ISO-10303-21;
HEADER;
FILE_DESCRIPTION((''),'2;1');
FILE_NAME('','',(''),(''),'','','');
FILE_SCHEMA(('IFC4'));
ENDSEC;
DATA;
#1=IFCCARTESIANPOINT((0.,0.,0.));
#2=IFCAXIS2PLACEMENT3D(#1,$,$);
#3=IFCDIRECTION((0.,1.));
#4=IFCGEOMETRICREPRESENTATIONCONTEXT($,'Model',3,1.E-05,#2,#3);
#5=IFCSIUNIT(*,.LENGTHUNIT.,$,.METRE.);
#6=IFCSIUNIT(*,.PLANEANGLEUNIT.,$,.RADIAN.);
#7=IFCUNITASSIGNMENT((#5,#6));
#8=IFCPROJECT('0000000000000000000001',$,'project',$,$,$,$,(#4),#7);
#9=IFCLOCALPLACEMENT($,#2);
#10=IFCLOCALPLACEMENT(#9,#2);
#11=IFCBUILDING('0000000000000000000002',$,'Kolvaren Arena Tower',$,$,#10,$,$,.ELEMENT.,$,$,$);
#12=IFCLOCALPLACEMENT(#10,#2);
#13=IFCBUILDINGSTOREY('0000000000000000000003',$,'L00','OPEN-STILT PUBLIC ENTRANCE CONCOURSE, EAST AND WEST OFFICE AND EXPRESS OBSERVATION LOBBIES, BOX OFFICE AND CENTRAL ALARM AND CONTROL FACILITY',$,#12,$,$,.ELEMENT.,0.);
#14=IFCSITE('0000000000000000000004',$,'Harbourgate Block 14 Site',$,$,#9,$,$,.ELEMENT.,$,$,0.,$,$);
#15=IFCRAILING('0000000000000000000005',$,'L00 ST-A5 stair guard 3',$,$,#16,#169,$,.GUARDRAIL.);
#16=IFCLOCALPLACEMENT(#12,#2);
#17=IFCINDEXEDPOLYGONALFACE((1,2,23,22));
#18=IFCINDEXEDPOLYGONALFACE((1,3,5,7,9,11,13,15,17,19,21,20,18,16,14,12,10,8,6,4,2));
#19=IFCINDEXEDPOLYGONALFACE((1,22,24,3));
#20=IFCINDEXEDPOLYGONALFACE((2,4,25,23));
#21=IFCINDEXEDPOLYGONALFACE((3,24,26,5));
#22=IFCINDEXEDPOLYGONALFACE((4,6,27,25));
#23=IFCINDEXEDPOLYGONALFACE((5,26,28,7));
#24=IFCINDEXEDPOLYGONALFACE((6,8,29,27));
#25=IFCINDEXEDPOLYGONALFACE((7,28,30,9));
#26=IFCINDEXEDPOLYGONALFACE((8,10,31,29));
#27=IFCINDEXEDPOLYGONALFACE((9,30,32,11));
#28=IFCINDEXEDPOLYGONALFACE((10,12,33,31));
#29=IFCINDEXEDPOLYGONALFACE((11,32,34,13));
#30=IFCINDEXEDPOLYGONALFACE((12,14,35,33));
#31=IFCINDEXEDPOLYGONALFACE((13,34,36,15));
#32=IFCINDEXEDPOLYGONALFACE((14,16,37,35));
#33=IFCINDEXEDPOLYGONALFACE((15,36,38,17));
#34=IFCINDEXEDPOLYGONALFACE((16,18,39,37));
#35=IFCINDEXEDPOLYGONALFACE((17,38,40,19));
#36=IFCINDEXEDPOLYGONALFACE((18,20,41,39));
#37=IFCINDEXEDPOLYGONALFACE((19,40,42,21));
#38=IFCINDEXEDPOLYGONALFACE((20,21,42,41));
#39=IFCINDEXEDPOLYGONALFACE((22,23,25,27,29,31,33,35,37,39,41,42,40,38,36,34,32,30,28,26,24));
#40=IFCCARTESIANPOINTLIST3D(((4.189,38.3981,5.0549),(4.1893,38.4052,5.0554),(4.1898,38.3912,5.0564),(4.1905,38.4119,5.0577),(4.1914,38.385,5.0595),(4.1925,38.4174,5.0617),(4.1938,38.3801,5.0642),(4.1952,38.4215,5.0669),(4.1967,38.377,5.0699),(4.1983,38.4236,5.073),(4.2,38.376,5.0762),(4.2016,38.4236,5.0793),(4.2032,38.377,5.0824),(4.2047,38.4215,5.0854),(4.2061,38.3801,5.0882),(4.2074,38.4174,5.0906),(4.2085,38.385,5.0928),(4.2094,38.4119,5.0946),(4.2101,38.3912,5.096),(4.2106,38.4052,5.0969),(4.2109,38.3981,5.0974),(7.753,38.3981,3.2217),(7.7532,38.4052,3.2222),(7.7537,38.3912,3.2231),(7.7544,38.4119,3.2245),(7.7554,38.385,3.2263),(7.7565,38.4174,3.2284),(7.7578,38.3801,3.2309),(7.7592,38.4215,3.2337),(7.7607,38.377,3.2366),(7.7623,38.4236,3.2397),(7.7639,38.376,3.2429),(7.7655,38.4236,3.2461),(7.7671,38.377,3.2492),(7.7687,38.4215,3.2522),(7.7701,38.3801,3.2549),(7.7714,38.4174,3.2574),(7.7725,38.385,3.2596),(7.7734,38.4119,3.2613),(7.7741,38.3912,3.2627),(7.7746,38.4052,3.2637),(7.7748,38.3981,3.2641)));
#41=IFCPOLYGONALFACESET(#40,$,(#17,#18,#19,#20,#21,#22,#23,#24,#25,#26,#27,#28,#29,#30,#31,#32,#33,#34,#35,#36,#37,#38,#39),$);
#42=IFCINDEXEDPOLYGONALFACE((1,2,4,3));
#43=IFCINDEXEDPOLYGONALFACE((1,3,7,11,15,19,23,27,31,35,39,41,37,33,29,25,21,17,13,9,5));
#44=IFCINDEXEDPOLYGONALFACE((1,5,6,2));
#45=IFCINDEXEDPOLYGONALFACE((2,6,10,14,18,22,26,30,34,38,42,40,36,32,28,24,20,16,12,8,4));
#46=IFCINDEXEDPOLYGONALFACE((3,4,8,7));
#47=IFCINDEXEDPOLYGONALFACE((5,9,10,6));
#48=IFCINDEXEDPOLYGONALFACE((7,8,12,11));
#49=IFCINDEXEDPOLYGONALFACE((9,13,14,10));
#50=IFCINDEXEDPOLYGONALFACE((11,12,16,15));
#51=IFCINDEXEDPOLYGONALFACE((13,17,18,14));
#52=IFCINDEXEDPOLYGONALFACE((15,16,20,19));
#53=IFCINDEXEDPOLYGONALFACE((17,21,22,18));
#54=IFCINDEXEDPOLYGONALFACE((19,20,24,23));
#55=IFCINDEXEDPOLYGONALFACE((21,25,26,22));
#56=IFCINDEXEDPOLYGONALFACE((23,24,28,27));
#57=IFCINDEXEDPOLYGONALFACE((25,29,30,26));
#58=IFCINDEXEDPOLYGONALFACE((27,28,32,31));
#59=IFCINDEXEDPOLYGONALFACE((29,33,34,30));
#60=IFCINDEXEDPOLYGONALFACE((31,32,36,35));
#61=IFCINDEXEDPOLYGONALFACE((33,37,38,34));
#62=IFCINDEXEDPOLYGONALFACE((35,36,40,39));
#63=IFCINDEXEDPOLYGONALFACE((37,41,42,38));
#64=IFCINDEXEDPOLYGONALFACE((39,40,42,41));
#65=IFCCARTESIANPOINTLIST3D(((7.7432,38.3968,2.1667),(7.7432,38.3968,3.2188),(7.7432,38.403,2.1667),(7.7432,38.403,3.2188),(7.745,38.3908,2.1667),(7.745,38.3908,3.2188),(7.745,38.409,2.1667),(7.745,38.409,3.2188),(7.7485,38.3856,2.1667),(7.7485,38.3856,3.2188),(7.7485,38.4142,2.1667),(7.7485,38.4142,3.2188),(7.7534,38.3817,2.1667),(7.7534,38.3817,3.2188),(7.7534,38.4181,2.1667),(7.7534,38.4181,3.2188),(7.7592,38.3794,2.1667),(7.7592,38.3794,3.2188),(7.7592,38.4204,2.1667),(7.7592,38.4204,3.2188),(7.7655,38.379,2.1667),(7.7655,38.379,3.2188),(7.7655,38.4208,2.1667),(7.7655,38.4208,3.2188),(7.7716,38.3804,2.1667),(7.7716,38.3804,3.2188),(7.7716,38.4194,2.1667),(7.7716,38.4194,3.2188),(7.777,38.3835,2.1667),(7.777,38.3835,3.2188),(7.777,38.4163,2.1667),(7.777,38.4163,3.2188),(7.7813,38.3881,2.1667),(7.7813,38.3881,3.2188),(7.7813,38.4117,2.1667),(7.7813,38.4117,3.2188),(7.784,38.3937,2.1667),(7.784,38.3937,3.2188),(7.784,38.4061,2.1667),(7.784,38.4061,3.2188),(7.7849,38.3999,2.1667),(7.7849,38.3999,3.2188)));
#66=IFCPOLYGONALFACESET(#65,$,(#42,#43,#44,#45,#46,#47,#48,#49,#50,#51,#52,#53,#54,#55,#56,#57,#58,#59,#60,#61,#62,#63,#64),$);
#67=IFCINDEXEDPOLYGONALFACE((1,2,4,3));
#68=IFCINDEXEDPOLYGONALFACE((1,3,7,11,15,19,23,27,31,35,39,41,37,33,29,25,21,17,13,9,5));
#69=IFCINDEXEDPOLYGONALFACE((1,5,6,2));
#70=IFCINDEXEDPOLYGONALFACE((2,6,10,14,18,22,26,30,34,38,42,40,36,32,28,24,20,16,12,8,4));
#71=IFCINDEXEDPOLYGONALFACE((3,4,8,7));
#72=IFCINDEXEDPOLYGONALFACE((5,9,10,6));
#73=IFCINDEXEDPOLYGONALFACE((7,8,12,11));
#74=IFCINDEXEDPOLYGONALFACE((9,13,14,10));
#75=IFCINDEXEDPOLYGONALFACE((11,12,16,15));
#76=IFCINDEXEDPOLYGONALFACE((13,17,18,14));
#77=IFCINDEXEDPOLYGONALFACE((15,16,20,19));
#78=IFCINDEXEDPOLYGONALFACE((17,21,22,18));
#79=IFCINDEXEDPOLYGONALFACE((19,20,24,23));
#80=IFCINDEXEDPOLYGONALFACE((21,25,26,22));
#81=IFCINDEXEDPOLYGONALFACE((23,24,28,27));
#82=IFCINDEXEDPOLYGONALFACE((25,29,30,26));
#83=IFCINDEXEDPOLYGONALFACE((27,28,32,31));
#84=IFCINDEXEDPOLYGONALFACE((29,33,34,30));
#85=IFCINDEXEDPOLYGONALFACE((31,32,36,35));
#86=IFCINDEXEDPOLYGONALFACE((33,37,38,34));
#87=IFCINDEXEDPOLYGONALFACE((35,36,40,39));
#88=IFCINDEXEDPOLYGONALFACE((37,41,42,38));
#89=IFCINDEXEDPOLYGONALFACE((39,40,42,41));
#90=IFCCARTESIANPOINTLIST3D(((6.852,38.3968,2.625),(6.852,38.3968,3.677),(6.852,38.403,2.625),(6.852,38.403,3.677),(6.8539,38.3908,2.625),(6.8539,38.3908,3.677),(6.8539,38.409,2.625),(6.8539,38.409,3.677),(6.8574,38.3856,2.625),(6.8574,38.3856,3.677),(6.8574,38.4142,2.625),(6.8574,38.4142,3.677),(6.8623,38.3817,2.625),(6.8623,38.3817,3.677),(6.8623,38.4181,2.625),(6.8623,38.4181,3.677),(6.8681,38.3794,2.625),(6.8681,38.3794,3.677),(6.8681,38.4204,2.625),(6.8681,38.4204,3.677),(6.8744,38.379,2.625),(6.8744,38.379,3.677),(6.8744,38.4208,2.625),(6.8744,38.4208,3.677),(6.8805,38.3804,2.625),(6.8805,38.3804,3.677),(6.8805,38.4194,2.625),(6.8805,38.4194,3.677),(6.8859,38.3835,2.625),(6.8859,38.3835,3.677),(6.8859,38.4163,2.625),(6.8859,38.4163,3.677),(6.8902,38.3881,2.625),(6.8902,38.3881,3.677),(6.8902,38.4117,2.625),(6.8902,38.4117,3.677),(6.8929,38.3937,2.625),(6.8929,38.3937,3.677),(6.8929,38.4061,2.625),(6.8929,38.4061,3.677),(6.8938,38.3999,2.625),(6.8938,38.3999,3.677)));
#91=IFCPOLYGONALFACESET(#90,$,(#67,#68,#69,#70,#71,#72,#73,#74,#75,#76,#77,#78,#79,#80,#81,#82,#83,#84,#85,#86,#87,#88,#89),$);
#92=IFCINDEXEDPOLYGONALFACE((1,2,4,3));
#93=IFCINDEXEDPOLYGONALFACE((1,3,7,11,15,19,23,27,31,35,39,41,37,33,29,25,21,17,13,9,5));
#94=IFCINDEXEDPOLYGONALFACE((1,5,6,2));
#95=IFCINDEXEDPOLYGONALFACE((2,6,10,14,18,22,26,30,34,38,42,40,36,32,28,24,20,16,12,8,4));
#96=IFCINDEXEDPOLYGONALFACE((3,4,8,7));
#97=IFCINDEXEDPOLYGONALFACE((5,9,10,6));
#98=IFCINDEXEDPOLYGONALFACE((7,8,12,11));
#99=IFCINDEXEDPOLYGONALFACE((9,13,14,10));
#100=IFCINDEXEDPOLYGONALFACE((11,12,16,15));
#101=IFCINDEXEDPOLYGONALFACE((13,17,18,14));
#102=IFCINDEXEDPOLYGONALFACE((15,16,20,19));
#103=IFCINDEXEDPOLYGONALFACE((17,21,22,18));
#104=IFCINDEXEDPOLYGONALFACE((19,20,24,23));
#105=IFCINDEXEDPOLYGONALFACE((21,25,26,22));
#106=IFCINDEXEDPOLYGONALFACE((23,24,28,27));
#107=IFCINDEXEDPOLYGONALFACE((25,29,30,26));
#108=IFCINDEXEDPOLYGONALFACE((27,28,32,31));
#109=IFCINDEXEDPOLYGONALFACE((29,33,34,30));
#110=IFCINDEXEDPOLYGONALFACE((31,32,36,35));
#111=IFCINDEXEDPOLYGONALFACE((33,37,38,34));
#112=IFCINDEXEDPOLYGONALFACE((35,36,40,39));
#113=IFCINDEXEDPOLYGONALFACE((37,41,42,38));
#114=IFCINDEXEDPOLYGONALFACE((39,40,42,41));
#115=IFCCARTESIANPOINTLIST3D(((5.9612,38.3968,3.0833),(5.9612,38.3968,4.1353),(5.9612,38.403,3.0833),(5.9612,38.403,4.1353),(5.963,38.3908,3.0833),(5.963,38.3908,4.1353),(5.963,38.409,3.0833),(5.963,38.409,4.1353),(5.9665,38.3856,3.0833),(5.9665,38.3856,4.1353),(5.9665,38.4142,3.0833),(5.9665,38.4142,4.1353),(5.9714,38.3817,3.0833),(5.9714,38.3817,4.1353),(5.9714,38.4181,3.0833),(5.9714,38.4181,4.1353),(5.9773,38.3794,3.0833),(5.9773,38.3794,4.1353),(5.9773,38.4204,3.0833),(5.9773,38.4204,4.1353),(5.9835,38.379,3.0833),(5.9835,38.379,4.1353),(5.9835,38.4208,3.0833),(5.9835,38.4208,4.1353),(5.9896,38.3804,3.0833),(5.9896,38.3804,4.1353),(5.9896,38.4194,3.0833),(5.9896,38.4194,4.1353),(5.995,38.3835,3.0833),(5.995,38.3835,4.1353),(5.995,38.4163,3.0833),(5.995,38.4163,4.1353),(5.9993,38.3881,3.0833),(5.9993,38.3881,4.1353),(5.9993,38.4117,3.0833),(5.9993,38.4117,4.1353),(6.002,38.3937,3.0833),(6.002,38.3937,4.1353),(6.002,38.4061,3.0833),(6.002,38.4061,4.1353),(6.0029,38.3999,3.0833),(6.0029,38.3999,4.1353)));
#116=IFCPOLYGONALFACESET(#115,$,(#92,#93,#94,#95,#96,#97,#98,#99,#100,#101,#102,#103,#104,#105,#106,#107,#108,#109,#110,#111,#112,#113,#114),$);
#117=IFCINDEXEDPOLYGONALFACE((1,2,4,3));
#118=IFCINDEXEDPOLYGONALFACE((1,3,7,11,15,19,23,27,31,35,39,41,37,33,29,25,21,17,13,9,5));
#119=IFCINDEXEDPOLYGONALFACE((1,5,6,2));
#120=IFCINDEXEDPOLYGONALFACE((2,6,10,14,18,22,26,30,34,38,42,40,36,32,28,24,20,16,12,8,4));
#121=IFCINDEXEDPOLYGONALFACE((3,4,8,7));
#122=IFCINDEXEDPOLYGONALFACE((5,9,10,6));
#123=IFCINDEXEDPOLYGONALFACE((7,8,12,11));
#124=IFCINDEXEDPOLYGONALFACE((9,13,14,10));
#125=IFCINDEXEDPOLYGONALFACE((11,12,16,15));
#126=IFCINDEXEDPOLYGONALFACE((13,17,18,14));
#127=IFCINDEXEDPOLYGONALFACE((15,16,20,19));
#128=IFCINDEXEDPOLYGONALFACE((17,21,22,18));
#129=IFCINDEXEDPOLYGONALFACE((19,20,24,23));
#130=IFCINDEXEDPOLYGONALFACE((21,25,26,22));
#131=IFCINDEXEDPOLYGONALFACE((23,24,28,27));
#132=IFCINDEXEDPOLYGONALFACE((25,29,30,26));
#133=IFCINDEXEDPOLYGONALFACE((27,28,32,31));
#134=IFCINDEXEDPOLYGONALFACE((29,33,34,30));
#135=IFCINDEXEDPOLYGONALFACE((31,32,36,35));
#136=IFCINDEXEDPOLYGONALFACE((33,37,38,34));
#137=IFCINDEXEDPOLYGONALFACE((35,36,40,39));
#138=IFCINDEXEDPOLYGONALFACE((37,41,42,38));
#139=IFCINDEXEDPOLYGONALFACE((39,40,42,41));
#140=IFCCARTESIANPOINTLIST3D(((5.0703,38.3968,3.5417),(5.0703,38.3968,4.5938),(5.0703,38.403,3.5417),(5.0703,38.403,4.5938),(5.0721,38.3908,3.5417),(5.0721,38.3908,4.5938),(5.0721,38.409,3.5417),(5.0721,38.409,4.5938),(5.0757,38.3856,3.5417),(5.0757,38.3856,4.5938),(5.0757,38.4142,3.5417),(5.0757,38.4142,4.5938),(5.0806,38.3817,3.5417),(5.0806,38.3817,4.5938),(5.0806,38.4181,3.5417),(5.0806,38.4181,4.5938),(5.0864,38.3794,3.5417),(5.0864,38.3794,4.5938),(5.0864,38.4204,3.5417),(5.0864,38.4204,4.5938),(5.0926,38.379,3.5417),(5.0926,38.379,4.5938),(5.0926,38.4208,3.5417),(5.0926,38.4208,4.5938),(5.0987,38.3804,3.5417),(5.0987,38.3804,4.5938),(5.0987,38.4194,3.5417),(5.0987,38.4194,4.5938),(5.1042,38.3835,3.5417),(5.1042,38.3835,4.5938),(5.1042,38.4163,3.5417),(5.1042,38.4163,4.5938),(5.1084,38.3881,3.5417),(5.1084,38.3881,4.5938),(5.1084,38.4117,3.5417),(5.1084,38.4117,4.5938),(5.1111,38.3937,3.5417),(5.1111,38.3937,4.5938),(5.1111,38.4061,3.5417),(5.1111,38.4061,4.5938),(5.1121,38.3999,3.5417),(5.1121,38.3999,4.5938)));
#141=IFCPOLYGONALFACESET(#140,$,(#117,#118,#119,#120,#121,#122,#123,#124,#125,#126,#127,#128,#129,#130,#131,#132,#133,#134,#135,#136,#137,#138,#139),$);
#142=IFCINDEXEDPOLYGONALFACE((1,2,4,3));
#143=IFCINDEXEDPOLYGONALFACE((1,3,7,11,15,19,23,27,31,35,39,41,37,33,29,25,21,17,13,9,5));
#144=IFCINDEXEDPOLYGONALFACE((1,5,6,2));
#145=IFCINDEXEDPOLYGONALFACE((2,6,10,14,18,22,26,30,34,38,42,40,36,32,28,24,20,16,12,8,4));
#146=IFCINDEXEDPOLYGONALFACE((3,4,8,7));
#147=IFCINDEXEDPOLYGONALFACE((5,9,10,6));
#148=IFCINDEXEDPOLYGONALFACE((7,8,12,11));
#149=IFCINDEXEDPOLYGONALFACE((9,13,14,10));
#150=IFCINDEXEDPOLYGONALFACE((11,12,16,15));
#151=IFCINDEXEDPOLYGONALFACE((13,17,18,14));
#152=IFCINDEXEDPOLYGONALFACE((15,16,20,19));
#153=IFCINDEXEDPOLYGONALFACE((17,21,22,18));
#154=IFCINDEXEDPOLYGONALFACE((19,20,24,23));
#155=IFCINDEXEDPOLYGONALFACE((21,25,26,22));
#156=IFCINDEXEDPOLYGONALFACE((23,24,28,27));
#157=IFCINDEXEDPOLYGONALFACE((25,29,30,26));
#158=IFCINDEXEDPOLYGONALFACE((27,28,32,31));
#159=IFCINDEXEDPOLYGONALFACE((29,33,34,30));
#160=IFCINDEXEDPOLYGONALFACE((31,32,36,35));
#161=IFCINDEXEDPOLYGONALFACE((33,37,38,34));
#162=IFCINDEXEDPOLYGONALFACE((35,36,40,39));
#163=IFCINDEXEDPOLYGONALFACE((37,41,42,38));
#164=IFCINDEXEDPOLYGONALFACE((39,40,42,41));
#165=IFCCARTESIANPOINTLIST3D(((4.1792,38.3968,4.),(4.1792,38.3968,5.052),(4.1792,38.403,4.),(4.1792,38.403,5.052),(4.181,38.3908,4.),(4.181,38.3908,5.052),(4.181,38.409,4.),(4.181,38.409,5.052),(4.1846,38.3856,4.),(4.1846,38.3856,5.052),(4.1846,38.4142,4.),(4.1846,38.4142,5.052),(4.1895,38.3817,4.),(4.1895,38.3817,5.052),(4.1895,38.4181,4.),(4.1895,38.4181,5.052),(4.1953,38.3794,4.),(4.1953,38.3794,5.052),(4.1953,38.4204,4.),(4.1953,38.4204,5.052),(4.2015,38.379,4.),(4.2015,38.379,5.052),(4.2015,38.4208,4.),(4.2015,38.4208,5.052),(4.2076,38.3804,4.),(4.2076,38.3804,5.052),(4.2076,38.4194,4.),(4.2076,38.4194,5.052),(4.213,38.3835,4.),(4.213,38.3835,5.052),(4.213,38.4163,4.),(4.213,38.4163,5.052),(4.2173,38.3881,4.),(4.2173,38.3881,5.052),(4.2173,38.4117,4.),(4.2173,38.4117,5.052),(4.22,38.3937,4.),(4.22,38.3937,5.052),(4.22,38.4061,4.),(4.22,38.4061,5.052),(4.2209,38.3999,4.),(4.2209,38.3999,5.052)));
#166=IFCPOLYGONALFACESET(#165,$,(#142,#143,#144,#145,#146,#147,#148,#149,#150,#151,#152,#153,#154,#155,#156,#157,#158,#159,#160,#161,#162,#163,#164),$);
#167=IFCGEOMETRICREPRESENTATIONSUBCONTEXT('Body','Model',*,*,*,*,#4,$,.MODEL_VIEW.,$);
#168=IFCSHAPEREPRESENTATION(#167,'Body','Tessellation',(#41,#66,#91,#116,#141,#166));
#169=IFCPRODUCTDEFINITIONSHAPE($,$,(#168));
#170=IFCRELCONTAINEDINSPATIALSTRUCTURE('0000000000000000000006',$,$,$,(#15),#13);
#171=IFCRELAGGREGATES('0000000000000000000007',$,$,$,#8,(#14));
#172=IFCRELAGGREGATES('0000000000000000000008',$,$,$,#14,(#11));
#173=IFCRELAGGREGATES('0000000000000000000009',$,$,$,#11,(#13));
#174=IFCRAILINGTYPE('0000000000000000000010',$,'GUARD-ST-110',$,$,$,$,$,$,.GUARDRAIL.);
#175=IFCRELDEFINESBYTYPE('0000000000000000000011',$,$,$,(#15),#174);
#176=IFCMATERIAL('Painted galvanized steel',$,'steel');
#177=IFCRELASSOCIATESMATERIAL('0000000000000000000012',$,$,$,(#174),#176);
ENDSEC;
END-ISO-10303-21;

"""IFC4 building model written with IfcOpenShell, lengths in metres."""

from ifc_helpers import new_model, si_unit, direction, frame, origin, origin_2d, place, context, subcontext, project, spatial, circle, extrude, material, type_object, element, save


model = new_model("IFC4")

# Units and contexts
model_context = context("Model", 3, precision=1e-05, world=origin(), true_north=direction((0.0, 1.0)))
body_context = subcontext(model_context, "Body", "Model", "MODEL_VIEW")
ifc_project = project(units=[si_unit("LENGTHUNIT", "METRE"), si_unit("PLANEANGLEUNIT", "RADIAN")], contexts=[model_context])

# Site, building, storey
site_placement = place(None, origin())
site = spatial("IfcSite", under=ifc_project, at=site_placement, Name="Harbourgate Block 14 Site", CompositionType="ELEMENT", RefElevation=0.0)
building_placement = place(site_placement, origin())
building = spatial("IfcBuilding", under=site, at=building_placement, Name="Kolvaren Arena Tower", CompositionType="ELEMENT")
storey_placement = place(building_placement, origin())
storey = spatial("IfcBuildingStorey", under=building, at=storey_placement, Name="L00", Description="OPEN-STILT PUBLIC ENTRANCE CONCOURSE, EAST AND WEST OFFICE AND EXPRESS OBSERVATION LOBBIES, BOX OFFICE AND CENTRAL ALARM AND CONTROL FACILITY", CompositionType="ELEMENT", Elevation=0.0)

# Railing
ifc_material_1 = material(Name="Painted galvanized steel", Category="steel")
railing_type_1 = type_object("IfcRailingType", Name="GUARD-ST-110", PredefinedType="GUARDRAIL", material=ifc_material_1)
railing_1_placement = place(storey_placement, frame((7.7639, 38.3999, 2.1667)))
element("IfcRailing", 1, at=railing_1_placement, inside=storey, type_object=railing_type_1, Name="L00 ST-A5 stair guard 3", PredefinedType="GUARDRAIL", context=body_context, shape_type="SweptSolid", body=[
    extrude(circle(Radius=0.0239, at=origin_2d()), frame((0.0, 0.0, 1.0762), z_axis=(-0.889252, 0.0, 0.457418), x_axis=(0.0, -1.0, 0.0)), (0.0, 0.0, 1.0), 4.0078),
    extrude(circle(Radius=0.021, at=origin_2d()), origin(), (0.0, 0.0, 1.0), 1.052),
    extrude(circle(Radius=0.021, at=origin_2d()), frame((-0.8911, 0.0, 0.4583)), (0.0, 0.0, 1.0), 1.052),
    extrude(circle(Radius=0.021, at=origin_2d()), frame((-1.782, 0.0, 0.9165)), (0.0, 0.0, 1.0), 1.052),
    extrude(circle(Radius=0.021, at=origin_2d()), frame((-2.6729, 0.0, 1.375)), (0.0, 0.0, 1.0), 1.052),
    extrude(circle(Radius=0.021, at=origin_2d()), frame((-3.564, 0.0, 1.8333)), (0.0, 0.0, 1.0), 1.052),
])

save(model, "model.ifc")
